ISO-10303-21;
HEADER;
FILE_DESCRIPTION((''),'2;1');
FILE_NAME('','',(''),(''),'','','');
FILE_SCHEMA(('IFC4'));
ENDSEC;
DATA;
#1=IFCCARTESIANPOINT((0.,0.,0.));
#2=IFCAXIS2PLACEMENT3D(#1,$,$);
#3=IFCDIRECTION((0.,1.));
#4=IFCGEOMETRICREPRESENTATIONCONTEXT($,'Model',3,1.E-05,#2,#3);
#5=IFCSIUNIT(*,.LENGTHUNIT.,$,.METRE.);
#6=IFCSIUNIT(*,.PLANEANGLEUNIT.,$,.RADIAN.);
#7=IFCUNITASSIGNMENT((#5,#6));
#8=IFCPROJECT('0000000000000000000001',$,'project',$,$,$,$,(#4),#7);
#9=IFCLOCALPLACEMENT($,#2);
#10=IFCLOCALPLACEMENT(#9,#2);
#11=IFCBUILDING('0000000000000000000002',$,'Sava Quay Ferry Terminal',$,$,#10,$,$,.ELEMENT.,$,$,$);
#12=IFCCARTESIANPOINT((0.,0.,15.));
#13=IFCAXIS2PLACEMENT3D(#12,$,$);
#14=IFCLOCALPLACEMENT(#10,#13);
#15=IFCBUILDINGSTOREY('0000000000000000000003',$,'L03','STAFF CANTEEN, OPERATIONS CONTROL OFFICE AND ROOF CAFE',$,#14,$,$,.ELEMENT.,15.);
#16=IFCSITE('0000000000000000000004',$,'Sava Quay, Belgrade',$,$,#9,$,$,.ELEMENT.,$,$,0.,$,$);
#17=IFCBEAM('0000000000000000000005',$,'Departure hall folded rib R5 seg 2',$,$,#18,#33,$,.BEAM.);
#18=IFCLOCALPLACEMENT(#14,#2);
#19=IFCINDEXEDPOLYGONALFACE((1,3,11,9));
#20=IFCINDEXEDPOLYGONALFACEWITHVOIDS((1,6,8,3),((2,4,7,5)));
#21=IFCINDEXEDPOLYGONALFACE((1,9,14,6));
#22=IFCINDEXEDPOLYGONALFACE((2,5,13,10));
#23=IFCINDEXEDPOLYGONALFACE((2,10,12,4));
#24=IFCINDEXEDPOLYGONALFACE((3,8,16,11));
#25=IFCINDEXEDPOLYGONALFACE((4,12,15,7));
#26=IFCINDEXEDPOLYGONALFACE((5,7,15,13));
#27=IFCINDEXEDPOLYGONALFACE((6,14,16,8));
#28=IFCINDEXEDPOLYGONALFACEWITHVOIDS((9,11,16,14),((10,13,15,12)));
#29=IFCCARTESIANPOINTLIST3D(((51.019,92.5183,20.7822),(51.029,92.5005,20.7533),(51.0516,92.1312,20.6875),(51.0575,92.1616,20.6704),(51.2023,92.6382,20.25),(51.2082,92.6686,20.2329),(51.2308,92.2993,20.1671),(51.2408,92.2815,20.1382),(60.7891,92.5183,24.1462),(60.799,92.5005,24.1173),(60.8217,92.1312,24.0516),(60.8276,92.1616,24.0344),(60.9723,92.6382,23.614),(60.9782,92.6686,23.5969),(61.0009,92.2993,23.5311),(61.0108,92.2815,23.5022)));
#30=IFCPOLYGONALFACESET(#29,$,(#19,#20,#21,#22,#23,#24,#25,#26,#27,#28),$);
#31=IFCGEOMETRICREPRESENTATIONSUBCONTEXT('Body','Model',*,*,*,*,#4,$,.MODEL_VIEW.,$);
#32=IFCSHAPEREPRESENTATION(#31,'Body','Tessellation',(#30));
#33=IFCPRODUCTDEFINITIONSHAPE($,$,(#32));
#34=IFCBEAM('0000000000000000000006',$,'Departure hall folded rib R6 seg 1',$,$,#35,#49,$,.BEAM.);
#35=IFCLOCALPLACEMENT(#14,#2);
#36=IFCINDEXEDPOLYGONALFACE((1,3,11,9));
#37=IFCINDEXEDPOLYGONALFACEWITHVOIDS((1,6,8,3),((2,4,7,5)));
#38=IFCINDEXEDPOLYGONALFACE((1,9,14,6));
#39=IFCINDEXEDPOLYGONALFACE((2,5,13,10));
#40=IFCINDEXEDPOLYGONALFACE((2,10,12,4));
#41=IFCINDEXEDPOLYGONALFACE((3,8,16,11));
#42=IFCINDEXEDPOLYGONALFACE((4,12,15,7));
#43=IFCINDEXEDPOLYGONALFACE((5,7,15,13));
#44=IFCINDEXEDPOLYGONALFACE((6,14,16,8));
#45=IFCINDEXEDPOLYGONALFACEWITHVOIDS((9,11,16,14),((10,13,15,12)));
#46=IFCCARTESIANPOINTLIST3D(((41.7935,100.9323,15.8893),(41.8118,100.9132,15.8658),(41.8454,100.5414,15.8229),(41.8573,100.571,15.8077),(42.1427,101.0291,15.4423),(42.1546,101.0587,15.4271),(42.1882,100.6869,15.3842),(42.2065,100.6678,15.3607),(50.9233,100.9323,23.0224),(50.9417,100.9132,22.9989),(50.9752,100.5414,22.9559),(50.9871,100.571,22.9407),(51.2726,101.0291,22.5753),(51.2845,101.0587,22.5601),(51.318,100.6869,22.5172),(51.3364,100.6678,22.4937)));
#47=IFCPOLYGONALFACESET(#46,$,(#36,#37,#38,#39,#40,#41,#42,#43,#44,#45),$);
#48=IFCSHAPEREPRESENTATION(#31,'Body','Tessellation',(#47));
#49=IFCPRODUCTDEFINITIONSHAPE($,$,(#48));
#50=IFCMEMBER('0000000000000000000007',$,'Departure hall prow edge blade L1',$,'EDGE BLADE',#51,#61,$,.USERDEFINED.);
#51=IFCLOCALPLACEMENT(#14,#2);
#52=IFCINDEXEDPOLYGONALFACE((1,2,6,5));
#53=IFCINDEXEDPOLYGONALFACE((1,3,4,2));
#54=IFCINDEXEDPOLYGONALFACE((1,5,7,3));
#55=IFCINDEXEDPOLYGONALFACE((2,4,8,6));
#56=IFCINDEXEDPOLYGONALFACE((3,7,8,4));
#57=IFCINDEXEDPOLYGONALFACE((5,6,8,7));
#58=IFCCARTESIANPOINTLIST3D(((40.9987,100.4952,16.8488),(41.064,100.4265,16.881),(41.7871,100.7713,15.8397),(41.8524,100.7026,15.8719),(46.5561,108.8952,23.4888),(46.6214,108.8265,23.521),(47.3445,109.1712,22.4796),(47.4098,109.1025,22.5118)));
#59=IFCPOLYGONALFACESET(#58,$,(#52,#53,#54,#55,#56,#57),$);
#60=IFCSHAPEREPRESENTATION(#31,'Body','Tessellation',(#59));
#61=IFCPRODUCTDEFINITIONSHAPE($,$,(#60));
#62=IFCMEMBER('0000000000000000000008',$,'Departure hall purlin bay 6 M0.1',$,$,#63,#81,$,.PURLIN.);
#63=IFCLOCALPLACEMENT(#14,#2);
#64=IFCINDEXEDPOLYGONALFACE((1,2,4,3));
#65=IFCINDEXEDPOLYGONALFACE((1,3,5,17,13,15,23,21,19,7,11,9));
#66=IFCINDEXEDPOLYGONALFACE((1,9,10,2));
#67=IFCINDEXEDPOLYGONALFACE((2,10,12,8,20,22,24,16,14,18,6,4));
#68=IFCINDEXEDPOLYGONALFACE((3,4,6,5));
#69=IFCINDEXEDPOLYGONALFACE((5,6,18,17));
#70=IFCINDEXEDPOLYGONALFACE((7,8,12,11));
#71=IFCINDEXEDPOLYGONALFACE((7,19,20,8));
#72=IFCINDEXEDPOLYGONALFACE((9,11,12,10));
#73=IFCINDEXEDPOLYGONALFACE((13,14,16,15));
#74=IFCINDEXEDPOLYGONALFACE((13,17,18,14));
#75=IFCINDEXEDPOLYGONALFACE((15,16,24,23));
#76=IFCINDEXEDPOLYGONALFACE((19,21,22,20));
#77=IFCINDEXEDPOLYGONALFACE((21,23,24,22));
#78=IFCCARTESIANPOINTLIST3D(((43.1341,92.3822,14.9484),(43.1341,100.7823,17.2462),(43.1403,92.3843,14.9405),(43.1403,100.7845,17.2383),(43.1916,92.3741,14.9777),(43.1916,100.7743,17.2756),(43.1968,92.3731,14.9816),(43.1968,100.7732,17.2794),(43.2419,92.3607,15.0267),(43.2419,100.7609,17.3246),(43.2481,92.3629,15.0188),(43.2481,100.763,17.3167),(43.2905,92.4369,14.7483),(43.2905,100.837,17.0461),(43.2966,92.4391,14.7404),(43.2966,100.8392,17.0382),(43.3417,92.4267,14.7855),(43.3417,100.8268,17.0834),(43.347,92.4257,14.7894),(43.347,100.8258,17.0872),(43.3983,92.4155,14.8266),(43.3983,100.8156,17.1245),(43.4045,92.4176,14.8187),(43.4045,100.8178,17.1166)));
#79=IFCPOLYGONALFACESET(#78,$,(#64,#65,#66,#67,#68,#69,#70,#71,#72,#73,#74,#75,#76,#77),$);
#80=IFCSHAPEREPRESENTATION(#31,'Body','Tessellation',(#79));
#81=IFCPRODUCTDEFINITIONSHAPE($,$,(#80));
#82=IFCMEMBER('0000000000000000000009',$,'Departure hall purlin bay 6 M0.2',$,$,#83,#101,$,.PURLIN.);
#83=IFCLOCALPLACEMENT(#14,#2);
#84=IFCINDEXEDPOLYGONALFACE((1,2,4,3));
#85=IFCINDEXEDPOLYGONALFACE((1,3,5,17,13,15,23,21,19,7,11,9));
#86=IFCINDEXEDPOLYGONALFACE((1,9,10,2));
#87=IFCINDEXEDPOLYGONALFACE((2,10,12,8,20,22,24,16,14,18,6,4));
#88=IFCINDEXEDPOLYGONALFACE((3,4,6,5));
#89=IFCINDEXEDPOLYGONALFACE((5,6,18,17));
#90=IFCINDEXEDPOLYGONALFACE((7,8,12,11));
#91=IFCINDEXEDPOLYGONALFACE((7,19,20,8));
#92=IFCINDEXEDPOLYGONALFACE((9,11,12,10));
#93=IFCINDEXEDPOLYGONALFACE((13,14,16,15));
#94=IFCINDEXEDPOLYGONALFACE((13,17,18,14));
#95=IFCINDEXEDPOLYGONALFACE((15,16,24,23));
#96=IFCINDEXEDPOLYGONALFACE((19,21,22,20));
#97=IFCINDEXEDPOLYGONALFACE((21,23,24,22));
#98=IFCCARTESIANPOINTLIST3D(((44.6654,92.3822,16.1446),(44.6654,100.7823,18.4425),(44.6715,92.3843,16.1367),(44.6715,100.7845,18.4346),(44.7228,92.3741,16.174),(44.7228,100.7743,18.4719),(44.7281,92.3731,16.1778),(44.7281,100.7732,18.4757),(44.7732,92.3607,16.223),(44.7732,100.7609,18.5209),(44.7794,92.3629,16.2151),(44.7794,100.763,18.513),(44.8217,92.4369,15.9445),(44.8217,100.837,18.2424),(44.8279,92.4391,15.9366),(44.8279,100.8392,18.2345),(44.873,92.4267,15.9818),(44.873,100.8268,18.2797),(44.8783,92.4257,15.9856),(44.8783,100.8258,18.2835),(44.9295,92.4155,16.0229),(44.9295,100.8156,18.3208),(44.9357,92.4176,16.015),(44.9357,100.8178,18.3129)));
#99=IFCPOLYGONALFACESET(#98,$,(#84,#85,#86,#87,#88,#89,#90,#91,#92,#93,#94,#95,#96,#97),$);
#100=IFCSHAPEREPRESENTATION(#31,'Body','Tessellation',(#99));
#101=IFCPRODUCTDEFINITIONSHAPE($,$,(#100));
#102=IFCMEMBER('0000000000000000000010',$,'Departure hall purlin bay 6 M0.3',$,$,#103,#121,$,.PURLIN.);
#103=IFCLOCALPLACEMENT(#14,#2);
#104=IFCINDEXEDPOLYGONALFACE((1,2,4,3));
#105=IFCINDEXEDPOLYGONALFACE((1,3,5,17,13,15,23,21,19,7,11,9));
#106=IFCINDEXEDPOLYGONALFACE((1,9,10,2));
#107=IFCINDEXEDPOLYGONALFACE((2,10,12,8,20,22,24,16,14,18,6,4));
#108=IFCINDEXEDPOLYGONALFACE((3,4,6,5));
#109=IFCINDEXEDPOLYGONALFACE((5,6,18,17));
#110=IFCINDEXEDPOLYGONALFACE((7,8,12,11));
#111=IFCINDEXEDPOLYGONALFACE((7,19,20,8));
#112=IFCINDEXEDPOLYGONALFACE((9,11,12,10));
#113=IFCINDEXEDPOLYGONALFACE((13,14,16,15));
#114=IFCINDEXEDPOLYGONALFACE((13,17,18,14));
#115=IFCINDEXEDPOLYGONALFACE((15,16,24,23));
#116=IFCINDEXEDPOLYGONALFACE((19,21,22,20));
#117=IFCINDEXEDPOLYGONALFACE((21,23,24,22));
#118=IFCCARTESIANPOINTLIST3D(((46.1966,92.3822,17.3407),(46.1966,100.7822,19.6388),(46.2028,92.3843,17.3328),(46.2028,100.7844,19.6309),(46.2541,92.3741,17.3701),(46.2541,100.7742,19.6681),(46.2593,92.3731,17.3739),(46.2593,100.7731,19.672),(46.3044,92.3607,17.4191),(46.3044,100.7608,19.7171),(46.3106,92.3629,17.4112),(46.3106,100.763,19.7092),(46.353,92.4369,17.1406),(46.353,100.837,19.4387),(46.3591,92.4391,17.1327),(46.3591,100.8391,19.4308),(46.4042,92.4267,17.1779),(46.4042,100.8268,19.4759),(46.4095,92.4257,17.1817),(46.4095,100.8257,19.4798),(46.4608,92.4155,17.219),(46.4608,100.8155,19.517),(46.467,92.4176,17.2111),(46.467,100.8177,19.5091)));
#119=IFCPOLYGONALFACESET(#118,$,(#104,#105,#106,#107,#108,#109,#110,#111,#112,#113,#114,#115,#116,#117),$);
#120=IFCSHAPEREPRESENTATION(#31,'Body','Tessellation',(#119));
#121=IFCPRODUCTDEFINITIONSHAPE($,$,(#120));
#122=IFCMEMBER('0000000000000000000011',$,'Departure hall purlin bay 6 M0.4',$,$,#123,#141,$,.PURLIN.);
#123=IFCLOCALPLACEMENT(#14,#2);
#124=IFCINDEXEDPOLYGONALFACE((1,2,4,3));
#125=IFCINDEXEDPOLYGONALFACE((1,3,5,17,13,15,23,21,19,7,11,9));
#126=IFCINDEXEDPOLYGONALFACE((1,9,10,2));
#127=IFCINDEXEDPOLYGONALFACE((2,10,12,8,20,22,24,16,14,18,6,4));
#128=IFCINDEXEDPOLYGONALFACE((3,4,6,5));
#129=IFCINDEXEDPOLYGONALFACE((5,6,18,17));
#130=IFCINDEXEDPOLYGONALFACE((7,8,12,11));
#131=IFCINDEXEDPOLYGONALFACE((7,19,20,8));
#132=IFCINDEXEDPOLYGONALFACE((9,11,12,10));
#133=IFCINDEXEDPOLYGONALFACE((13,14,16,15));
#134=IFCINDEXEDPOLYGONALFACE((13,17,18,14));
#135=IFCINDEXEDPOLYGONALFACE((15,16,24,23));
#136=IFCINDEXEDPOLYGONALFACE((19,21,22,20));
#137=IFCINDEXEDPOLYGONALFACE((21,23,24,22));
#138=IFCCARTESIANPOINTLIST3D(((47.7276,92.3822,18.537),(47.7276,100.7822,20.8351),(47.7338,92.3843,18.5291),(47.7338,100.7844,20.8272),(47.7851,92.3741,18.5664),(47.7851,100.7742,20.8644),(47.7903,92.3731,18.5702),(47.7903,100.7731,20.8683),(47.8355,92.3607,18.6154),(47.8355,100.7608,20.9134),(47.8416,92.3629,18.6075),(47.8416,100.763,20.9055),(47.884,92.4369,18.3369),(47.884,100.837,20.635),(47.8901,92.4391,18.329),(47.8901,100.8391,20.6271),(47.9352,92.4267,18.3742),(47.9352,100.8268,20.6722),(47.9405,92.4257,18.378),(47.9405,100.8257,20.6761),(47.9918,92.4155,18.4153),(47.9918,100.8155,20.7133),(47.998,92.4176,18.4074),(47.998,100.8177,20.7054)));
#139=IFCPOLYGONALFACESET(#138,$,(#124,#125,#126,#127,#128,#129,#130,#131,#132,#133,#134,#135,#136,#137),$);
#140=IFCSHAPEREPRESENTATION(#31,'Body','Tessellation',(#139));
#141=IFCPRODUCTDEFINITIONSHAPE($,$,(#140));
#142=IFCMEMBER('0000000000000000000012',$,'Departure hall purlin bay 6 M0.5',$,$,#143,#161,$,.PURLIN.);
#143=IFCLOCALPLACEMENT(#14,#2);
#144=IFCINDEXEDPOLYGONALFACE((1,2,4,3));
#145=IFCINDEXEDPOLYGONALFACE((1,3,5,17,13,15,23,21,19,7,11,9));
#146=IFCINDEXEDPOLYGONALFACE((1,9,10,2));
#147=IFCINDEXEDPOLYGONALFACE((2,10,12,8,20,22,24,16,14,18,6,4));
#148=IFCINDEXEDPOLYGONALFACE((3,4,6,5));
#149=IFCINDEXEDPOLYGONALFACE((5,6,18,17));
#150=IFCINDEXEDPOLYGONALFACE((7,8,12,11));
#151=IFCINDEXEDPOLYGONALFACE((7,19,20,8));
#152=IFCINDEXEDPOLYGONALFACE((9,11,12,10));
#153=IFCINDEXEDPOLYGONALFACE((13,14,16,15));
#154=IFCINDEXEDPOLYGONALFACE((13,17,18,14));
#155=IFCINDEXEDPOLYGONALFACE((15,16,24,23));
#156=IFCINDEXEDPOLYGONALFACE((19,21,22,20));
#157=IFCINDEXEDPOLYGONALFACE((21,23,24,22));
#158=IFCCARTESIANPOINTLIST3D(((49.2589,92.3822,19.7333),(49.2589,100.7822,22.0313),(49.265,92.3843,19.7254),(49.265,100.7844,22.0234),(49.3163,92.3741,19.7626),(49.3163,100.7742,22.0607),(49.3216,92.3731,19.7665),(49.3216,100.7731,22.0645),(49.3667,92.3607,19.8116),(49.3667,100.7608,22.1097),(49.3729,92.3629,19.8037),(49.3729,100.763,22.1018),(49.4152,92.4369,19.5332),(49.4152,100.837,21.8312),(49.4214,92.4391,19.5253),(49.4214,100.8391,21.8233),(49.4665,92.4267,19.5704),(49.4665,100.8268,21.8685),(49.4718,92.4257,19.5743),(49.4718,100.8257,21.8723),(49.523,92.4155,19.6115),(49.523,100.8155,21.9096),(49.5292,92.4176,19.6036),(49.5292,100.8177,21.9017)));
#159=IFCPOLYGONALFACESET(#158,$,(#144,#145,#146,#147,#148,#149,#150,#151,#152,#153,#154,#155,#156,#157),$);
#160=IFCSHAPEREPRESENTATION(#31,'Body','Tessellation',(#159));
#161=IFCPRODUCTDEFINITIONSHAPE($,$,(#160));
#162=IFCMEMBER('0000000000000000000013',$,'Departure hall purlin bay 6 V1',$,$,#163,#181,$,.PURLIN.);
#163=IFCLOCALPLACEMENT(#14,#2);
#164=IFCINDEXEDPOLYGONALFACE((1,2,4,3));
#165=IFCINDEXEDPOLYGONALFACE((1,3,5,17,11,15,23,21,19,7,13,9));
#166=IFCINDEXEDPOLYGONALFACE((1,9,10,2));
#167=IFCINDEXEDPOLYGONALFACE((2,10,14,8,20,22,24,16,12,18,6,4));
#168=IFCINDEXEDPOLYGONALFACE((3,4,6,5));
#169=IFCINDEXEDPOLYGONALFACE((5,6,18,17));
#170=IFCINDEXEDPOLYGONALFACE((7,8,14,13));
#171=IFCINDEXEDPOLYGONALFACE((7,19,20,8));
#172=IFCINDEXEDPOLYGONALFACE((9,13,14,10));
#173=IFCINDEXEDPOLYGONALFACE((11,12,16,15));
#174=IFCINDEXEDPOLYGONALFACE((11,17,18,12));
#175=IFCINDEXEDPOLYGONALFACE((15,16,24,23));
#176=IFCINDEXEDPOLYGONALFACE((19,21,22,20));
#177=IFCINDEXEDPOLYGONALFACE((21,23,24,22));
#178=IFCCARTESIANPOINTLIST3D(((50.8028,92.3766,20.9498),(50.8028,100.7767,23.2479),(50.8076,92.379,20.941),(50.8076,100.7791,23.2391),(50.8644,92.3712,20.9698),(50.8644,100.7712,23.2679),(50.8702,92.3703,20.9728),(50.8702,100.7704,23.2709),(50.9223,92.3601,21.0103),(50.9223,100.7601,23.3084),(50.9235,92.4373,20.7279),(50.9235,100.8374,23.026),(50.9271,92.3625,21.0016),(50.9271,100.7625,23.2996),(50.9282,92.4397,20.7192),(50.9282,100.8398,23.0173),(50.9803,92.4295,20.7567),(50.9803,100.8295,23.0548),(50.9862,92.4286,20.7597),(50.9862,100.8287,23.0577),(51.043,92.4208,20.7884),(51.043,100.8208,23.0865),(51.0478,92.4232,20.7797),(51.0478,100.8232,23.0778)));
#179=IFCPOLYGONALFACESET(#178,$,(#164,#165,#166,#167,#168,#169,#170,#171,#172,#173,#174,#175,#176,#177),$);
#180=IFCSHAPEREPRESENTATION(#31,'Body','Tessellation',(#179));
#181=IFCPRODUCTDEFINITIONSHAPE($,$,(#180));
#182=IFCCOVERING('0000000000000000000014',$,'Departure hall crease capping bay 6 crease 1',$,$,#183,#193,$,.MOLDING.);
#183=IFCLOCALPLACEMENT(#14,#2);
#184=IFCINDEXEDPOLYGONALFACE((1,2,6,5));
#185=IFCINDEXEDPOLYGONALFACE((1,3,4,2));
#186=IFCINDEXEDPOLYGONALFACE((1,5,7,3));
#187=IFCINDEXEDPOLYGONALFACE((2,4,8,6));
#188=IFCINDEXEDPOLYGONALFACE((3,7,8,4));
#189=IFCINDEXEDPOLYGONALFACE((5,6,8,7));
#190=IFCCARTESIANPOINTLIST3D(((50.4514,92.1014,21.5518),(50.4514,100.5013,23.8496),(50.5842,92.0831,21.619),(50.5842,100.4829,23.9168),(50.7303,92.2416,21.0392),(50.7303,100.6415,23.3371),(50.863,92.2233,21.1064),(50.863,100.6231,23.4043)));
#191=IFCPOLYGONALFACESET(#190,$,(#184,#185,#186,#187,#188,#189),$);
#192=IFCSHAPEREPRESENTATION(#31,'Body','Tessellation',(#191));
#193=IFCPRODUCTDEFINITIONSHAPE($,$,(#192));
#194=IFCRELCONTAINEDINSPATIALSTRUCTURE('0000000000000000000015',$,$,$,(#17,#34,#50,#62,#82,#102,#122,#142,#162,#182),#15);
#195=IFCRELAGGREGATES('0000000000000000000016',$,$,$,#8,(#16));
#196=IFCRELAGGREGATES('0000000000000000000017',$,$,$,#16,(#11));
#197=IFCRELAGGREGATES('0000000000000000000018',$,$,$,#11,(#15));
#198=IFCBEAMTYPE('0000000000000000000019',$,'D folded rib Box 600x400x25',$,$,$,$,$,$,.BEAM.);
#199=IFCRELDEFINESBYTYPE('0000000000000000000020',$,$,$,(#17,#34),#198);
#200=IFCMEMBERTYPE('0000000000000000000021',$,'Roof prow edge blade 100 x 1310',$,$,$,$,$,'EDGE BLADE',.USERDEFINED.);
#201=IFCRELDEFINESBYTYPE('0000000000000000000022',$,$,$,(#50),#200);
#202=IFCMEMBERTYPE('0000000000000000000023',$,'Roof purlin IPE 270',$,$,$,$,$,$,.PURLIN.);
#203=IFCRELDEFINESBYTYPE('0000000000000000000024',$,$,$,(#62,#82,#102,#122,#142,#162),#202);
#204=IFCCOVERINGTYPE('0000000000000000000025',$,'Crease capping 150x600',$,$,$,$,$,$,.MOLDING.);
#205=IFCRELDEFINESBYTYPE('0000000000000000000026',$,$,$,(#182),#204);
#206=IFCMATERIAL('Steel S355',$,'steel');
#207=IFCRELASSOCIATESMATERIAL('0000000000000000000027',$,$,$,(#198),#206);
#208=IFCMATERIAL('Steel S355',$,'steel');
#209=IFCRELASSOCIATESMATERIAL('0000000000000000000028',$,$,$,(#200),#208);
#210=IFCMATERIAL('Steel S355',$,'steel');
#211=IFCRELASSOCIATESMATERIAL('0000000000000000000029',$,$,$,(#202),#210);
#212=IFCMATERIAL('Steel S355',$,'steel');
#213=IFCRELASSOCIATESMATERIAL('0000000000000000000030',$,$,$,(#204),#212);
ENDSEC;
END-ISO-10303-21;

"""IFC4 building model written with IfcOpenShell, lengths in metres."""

from ifc_helpers import new_model, si_unit, direction, frame, origin, origin_2d, place, context, subcontext, project, spatial, polyline, rectangle, i_section, outline, extrude, material, material_profile, profile_set, type_object, element, save


model = new_model("IFC4")

# Units and contexts
model_context = context("Model", 3, precision=1e-05, world=origin(), true_north=direction((0.0, 1.0)))
body_context = subcontext(model_context, "Body", "Model", "MODEL_VIEW")
ifc_project = project(units=[si_unit("LENGTHUNIT", "METRE"), si_unit("PLANEANGLEUNIT", "RADIAN")], contexts=[model_context])

# Site, building, storey
site_placement = place(None, origin())
site = spatial("IfcSite", under=ifc_project, at=site_placement, Name="Sava Quay, Belgrade", CompositionType="ELEMENT", RefElevation=0.0)
building_placement = place(site_placement, origin())
building = spatial("IfcBuilding", under=site, at=building_placement, Name="Sava Quay Ferry Terminal", CompositionType="ELEMENT")
storey_placement = place(building_placement, frame((0.0, 0.0, 15.0)))
storey = spatial("IfcBuildingStorey", under=building, at=storey_placement, Name="L03", Description="STAFF CANTEEN, OPERATIONS CONTROL OFFICE AND ROOF CAFE", CompositionType="ELEMENT", Elevation=15.0)

# Beams
ifc_material_1 = material(Name="Steel S355", Category="steel")
ifc_material_profile_1 = material_profile(ifc_material_1, outline(polyline([(-0.2, -0.3), (0.2, -0.3), (0.2, 0.3), (-0.2, 0.3), (-0.2, -0.3)]), holes=[polyline([(-0.175, -0.2749), (-0.175, 0.2749), (0.175, 0.2749), (0.175, -0.2749), (-0.175, -0.2749)])]), Name="Box 600x400x25 built-up")
ifc_profile_set_1 = profile_set([ifc_material_profile_1], Name="Steel S355")
beam_type = type_object("IfcBeamType", Name="D folded rib Box 600x400x25", PredefinedType="BEAM", material=ifc_profile_set_1)
beam_1_placement = place(storey_placement, frame((51.1299, 92.3999, 20.4602), z_axis=(0.945521, 0.0, 0.325562), x_axis=(-0.081529, 0.968136, 0.236782)))
element("IfcBeam", 1, at=beam_1_placement, inside=storey, type_object=beam_type, Name="Departure hall folded rib R5 seg 2", PredefinedType="BEAM", context=body_context, shape_type="SweptSolid", body=[
    extrude(outline(polyline([(-0.2, -0.3), (0.2, -0.3), (0.2, 0.3), (-0.2, 0.3), (-0.2, -0.3)]), holes=[polyline([(-0.175, -0.2749), (-0.175, 0.2749), (0.175, 0.2749), (0.175, -0.2749), (-0.175, -0.2749)])]), origin(), (0.0, 0.0, 1.0), 10.333),
])
beam_2_placement = place(storey_placement, frame((42.0, 100.8, 15.625), z_axis=(0.78801, 0.0, 0.615662), x_axis=(-0.129742, 0.977543, 0.166062)))
element("IfcBeam", 2, at=beam_2_placement, inside=storey, type_object=beam_type, Name="Departure hall folded rib R6 seg 1", PredefinedType="BEAM", context=body_context, shape_type="SweptSolid", body=[
    extrude(outline(polyline([(-0.2, -0.3), (0.2, -0.3), (0.2, 0.3), (-0.2, 0.3), (-0.2, -0.3)]), holes=[polyline([(-0.175, -0.2749), (-0.175, 0.2749), (0.175, 0.2749), (0.175, -0.2749), (-0.175, -0.2749)])]), origin(), (0.0, 0.0, 1.0), 11.5859),
])

# Members
ifc_material_2 = material(Name="Steel S355", Category="steel")
ifc_material_profile_2 = material_profile(ifc_material_2, rectangle(XDim=0.1001, YDim=1.3101, at=origin_2d()), Name="Blade 100 x 1310")
ifc_profile_set_2 = profile_set([ifc_material_profile_2], Name="Steel S355")
member_type_1 = type_object("IfcMemberType", Name="Roof prow edge blade 100 x 1310", ElementType="EDGE BLADE", PredefinedType="USERDEFINED", material=ifc_profile_set_2)
member_placement = place(storey_placement, frame((41.4255, 100.5989, 16.3604), z_axis=(0.460672, 0.6963, 0.550406), x_axis=(-0.652359, 0.686117, -0.32198)))
element("IfcMember", 3, at=member_placement, inside=storey, type_object=member_type_1, Name="Departure hall prow edge blade L1", ObjectType="EDGE BLADE", PredefinedType="USERDEFINED", context=body_context, shape_type="SweptSolid", body=[
    extrude(rectangle(XDim=0.1001, YDim=1.3101, at=origin_2d()), origin(), (0.0, 0.0, 1.0), 12.0637),
])
ifc_material_3 = material(Name="Steel S355", Category="steel")
ifc_material_profile_3 = material_profile(ifc_material_3, i_section(OverallWidth=0.135, OverallDepth=0.27, WebThickness=0.0066, FlangeThickness=0.0103, at=origin_2d()), Name="IPE 270")
ifc_profile_set_3 = profile_set([ifc_material_profile_3], Name="Steel S355")
member_type_2 = type_object("IfcMemberType", Name="Roof purlin IPE 270", PredefinedType="PURLIN", material=ifc_profile_set_3)
for number, where, z_axis, x_axis, name in (
    (4, (43.2693, 92.3999, 14.8835), (0.0, 0.964562, 0.263855), (-0.79862, 0.158797, -0.580508), "Departure hall purlin bay 6 M0.1"),
    (5, (44.8005, 92.3999, 16.0798), (0.0, 0.964562, 0.263855), (-0.79862, 0.158797, -0.580508), "Departure hall purlin bay 6 M0.2"),
    (6, (46.3318, 92.3999, 17.2759), (0.0, 0.964555, 0.263881), (-0.79862, 0.158813, -0.580504), "Departure hall purlin bay 6 M0.3"),
    (7, (47.8628, 92.3999, 18.4722), (0.0, 0.964555, 0.263881), (-0.79862, 0.158813, -0.580504), "Departure hall purlin bay 6 M0.4"),
    (8, (49.394, 92.3999, 19.6685), (0.0, 0.964555, 0.263881), (-0.79862, 0.158813, -0.580504), "Departure hall purlin bay 6 M0.5"),
    (9, (50.9253, 92.3999, 20.8647), (0.0, 0.964555, 0.263881), (-0.885499, 0.12261, -0.448172), "Departure hall purlin bay 6 V1"),
):
    element("IfcMember", number, at=place(storey_placement, frame(where, z_axis=z_axis, x_axis=x_axis)), inside=storey, type_object=member_type_2, Name=name, PredefinedType="PURLIN", context=body_context, shape_type="SweptSolid", body=[
        extrude(i_section(OverallWidth=0.135, OverallDepth=0.27, WebThickness=0.0066, FlangeThickness=0.0103, at=origin_2d()), origin(), (0.0, 0.0, 1.0), 8.7087),
    ])

# Covering
ifc_material_4 = material(Name="Steel S355", Category="steel")
ifc_material_profile_4 = material_profile(ifc_material_4, rectangle(XDim=0.1499, YDim=0.6001, at=origin_2d()), Name="Cap 150 x 600")
ifc_profile_set_4 = profile_set([ifc_material_profile_4], Name="Steel S355")
covering_type_1 = type_object("IfcCoveringType", Name="Crease capping 150x600", PredefinedType="MOLDING", material=ifc_profile_set_4)
covering_1_placement = place(storey_placement, frame((50.6572, 92.1624, 21.3291), z_axis=(0.0, 0.96456, 0.263862), x_axis=(-0.885499, 0.122601, -0.448175)))
element("IfcCovering", 10, at=covering_1_placement, inside=storey, type_object=covering_type_1, Name="Departure hall crease capping bay 6 crease 1", PredefinedType="MOLDING", context=body_context, shape_type="SweptSolid", body=[
    extrude(rectangle(XDim=0.1499, YDim=0.6001, at=origin_2d()), origin(), (0.0, 0.0, 1.0), 8.7085),
])

save(model, "model.ifc")
